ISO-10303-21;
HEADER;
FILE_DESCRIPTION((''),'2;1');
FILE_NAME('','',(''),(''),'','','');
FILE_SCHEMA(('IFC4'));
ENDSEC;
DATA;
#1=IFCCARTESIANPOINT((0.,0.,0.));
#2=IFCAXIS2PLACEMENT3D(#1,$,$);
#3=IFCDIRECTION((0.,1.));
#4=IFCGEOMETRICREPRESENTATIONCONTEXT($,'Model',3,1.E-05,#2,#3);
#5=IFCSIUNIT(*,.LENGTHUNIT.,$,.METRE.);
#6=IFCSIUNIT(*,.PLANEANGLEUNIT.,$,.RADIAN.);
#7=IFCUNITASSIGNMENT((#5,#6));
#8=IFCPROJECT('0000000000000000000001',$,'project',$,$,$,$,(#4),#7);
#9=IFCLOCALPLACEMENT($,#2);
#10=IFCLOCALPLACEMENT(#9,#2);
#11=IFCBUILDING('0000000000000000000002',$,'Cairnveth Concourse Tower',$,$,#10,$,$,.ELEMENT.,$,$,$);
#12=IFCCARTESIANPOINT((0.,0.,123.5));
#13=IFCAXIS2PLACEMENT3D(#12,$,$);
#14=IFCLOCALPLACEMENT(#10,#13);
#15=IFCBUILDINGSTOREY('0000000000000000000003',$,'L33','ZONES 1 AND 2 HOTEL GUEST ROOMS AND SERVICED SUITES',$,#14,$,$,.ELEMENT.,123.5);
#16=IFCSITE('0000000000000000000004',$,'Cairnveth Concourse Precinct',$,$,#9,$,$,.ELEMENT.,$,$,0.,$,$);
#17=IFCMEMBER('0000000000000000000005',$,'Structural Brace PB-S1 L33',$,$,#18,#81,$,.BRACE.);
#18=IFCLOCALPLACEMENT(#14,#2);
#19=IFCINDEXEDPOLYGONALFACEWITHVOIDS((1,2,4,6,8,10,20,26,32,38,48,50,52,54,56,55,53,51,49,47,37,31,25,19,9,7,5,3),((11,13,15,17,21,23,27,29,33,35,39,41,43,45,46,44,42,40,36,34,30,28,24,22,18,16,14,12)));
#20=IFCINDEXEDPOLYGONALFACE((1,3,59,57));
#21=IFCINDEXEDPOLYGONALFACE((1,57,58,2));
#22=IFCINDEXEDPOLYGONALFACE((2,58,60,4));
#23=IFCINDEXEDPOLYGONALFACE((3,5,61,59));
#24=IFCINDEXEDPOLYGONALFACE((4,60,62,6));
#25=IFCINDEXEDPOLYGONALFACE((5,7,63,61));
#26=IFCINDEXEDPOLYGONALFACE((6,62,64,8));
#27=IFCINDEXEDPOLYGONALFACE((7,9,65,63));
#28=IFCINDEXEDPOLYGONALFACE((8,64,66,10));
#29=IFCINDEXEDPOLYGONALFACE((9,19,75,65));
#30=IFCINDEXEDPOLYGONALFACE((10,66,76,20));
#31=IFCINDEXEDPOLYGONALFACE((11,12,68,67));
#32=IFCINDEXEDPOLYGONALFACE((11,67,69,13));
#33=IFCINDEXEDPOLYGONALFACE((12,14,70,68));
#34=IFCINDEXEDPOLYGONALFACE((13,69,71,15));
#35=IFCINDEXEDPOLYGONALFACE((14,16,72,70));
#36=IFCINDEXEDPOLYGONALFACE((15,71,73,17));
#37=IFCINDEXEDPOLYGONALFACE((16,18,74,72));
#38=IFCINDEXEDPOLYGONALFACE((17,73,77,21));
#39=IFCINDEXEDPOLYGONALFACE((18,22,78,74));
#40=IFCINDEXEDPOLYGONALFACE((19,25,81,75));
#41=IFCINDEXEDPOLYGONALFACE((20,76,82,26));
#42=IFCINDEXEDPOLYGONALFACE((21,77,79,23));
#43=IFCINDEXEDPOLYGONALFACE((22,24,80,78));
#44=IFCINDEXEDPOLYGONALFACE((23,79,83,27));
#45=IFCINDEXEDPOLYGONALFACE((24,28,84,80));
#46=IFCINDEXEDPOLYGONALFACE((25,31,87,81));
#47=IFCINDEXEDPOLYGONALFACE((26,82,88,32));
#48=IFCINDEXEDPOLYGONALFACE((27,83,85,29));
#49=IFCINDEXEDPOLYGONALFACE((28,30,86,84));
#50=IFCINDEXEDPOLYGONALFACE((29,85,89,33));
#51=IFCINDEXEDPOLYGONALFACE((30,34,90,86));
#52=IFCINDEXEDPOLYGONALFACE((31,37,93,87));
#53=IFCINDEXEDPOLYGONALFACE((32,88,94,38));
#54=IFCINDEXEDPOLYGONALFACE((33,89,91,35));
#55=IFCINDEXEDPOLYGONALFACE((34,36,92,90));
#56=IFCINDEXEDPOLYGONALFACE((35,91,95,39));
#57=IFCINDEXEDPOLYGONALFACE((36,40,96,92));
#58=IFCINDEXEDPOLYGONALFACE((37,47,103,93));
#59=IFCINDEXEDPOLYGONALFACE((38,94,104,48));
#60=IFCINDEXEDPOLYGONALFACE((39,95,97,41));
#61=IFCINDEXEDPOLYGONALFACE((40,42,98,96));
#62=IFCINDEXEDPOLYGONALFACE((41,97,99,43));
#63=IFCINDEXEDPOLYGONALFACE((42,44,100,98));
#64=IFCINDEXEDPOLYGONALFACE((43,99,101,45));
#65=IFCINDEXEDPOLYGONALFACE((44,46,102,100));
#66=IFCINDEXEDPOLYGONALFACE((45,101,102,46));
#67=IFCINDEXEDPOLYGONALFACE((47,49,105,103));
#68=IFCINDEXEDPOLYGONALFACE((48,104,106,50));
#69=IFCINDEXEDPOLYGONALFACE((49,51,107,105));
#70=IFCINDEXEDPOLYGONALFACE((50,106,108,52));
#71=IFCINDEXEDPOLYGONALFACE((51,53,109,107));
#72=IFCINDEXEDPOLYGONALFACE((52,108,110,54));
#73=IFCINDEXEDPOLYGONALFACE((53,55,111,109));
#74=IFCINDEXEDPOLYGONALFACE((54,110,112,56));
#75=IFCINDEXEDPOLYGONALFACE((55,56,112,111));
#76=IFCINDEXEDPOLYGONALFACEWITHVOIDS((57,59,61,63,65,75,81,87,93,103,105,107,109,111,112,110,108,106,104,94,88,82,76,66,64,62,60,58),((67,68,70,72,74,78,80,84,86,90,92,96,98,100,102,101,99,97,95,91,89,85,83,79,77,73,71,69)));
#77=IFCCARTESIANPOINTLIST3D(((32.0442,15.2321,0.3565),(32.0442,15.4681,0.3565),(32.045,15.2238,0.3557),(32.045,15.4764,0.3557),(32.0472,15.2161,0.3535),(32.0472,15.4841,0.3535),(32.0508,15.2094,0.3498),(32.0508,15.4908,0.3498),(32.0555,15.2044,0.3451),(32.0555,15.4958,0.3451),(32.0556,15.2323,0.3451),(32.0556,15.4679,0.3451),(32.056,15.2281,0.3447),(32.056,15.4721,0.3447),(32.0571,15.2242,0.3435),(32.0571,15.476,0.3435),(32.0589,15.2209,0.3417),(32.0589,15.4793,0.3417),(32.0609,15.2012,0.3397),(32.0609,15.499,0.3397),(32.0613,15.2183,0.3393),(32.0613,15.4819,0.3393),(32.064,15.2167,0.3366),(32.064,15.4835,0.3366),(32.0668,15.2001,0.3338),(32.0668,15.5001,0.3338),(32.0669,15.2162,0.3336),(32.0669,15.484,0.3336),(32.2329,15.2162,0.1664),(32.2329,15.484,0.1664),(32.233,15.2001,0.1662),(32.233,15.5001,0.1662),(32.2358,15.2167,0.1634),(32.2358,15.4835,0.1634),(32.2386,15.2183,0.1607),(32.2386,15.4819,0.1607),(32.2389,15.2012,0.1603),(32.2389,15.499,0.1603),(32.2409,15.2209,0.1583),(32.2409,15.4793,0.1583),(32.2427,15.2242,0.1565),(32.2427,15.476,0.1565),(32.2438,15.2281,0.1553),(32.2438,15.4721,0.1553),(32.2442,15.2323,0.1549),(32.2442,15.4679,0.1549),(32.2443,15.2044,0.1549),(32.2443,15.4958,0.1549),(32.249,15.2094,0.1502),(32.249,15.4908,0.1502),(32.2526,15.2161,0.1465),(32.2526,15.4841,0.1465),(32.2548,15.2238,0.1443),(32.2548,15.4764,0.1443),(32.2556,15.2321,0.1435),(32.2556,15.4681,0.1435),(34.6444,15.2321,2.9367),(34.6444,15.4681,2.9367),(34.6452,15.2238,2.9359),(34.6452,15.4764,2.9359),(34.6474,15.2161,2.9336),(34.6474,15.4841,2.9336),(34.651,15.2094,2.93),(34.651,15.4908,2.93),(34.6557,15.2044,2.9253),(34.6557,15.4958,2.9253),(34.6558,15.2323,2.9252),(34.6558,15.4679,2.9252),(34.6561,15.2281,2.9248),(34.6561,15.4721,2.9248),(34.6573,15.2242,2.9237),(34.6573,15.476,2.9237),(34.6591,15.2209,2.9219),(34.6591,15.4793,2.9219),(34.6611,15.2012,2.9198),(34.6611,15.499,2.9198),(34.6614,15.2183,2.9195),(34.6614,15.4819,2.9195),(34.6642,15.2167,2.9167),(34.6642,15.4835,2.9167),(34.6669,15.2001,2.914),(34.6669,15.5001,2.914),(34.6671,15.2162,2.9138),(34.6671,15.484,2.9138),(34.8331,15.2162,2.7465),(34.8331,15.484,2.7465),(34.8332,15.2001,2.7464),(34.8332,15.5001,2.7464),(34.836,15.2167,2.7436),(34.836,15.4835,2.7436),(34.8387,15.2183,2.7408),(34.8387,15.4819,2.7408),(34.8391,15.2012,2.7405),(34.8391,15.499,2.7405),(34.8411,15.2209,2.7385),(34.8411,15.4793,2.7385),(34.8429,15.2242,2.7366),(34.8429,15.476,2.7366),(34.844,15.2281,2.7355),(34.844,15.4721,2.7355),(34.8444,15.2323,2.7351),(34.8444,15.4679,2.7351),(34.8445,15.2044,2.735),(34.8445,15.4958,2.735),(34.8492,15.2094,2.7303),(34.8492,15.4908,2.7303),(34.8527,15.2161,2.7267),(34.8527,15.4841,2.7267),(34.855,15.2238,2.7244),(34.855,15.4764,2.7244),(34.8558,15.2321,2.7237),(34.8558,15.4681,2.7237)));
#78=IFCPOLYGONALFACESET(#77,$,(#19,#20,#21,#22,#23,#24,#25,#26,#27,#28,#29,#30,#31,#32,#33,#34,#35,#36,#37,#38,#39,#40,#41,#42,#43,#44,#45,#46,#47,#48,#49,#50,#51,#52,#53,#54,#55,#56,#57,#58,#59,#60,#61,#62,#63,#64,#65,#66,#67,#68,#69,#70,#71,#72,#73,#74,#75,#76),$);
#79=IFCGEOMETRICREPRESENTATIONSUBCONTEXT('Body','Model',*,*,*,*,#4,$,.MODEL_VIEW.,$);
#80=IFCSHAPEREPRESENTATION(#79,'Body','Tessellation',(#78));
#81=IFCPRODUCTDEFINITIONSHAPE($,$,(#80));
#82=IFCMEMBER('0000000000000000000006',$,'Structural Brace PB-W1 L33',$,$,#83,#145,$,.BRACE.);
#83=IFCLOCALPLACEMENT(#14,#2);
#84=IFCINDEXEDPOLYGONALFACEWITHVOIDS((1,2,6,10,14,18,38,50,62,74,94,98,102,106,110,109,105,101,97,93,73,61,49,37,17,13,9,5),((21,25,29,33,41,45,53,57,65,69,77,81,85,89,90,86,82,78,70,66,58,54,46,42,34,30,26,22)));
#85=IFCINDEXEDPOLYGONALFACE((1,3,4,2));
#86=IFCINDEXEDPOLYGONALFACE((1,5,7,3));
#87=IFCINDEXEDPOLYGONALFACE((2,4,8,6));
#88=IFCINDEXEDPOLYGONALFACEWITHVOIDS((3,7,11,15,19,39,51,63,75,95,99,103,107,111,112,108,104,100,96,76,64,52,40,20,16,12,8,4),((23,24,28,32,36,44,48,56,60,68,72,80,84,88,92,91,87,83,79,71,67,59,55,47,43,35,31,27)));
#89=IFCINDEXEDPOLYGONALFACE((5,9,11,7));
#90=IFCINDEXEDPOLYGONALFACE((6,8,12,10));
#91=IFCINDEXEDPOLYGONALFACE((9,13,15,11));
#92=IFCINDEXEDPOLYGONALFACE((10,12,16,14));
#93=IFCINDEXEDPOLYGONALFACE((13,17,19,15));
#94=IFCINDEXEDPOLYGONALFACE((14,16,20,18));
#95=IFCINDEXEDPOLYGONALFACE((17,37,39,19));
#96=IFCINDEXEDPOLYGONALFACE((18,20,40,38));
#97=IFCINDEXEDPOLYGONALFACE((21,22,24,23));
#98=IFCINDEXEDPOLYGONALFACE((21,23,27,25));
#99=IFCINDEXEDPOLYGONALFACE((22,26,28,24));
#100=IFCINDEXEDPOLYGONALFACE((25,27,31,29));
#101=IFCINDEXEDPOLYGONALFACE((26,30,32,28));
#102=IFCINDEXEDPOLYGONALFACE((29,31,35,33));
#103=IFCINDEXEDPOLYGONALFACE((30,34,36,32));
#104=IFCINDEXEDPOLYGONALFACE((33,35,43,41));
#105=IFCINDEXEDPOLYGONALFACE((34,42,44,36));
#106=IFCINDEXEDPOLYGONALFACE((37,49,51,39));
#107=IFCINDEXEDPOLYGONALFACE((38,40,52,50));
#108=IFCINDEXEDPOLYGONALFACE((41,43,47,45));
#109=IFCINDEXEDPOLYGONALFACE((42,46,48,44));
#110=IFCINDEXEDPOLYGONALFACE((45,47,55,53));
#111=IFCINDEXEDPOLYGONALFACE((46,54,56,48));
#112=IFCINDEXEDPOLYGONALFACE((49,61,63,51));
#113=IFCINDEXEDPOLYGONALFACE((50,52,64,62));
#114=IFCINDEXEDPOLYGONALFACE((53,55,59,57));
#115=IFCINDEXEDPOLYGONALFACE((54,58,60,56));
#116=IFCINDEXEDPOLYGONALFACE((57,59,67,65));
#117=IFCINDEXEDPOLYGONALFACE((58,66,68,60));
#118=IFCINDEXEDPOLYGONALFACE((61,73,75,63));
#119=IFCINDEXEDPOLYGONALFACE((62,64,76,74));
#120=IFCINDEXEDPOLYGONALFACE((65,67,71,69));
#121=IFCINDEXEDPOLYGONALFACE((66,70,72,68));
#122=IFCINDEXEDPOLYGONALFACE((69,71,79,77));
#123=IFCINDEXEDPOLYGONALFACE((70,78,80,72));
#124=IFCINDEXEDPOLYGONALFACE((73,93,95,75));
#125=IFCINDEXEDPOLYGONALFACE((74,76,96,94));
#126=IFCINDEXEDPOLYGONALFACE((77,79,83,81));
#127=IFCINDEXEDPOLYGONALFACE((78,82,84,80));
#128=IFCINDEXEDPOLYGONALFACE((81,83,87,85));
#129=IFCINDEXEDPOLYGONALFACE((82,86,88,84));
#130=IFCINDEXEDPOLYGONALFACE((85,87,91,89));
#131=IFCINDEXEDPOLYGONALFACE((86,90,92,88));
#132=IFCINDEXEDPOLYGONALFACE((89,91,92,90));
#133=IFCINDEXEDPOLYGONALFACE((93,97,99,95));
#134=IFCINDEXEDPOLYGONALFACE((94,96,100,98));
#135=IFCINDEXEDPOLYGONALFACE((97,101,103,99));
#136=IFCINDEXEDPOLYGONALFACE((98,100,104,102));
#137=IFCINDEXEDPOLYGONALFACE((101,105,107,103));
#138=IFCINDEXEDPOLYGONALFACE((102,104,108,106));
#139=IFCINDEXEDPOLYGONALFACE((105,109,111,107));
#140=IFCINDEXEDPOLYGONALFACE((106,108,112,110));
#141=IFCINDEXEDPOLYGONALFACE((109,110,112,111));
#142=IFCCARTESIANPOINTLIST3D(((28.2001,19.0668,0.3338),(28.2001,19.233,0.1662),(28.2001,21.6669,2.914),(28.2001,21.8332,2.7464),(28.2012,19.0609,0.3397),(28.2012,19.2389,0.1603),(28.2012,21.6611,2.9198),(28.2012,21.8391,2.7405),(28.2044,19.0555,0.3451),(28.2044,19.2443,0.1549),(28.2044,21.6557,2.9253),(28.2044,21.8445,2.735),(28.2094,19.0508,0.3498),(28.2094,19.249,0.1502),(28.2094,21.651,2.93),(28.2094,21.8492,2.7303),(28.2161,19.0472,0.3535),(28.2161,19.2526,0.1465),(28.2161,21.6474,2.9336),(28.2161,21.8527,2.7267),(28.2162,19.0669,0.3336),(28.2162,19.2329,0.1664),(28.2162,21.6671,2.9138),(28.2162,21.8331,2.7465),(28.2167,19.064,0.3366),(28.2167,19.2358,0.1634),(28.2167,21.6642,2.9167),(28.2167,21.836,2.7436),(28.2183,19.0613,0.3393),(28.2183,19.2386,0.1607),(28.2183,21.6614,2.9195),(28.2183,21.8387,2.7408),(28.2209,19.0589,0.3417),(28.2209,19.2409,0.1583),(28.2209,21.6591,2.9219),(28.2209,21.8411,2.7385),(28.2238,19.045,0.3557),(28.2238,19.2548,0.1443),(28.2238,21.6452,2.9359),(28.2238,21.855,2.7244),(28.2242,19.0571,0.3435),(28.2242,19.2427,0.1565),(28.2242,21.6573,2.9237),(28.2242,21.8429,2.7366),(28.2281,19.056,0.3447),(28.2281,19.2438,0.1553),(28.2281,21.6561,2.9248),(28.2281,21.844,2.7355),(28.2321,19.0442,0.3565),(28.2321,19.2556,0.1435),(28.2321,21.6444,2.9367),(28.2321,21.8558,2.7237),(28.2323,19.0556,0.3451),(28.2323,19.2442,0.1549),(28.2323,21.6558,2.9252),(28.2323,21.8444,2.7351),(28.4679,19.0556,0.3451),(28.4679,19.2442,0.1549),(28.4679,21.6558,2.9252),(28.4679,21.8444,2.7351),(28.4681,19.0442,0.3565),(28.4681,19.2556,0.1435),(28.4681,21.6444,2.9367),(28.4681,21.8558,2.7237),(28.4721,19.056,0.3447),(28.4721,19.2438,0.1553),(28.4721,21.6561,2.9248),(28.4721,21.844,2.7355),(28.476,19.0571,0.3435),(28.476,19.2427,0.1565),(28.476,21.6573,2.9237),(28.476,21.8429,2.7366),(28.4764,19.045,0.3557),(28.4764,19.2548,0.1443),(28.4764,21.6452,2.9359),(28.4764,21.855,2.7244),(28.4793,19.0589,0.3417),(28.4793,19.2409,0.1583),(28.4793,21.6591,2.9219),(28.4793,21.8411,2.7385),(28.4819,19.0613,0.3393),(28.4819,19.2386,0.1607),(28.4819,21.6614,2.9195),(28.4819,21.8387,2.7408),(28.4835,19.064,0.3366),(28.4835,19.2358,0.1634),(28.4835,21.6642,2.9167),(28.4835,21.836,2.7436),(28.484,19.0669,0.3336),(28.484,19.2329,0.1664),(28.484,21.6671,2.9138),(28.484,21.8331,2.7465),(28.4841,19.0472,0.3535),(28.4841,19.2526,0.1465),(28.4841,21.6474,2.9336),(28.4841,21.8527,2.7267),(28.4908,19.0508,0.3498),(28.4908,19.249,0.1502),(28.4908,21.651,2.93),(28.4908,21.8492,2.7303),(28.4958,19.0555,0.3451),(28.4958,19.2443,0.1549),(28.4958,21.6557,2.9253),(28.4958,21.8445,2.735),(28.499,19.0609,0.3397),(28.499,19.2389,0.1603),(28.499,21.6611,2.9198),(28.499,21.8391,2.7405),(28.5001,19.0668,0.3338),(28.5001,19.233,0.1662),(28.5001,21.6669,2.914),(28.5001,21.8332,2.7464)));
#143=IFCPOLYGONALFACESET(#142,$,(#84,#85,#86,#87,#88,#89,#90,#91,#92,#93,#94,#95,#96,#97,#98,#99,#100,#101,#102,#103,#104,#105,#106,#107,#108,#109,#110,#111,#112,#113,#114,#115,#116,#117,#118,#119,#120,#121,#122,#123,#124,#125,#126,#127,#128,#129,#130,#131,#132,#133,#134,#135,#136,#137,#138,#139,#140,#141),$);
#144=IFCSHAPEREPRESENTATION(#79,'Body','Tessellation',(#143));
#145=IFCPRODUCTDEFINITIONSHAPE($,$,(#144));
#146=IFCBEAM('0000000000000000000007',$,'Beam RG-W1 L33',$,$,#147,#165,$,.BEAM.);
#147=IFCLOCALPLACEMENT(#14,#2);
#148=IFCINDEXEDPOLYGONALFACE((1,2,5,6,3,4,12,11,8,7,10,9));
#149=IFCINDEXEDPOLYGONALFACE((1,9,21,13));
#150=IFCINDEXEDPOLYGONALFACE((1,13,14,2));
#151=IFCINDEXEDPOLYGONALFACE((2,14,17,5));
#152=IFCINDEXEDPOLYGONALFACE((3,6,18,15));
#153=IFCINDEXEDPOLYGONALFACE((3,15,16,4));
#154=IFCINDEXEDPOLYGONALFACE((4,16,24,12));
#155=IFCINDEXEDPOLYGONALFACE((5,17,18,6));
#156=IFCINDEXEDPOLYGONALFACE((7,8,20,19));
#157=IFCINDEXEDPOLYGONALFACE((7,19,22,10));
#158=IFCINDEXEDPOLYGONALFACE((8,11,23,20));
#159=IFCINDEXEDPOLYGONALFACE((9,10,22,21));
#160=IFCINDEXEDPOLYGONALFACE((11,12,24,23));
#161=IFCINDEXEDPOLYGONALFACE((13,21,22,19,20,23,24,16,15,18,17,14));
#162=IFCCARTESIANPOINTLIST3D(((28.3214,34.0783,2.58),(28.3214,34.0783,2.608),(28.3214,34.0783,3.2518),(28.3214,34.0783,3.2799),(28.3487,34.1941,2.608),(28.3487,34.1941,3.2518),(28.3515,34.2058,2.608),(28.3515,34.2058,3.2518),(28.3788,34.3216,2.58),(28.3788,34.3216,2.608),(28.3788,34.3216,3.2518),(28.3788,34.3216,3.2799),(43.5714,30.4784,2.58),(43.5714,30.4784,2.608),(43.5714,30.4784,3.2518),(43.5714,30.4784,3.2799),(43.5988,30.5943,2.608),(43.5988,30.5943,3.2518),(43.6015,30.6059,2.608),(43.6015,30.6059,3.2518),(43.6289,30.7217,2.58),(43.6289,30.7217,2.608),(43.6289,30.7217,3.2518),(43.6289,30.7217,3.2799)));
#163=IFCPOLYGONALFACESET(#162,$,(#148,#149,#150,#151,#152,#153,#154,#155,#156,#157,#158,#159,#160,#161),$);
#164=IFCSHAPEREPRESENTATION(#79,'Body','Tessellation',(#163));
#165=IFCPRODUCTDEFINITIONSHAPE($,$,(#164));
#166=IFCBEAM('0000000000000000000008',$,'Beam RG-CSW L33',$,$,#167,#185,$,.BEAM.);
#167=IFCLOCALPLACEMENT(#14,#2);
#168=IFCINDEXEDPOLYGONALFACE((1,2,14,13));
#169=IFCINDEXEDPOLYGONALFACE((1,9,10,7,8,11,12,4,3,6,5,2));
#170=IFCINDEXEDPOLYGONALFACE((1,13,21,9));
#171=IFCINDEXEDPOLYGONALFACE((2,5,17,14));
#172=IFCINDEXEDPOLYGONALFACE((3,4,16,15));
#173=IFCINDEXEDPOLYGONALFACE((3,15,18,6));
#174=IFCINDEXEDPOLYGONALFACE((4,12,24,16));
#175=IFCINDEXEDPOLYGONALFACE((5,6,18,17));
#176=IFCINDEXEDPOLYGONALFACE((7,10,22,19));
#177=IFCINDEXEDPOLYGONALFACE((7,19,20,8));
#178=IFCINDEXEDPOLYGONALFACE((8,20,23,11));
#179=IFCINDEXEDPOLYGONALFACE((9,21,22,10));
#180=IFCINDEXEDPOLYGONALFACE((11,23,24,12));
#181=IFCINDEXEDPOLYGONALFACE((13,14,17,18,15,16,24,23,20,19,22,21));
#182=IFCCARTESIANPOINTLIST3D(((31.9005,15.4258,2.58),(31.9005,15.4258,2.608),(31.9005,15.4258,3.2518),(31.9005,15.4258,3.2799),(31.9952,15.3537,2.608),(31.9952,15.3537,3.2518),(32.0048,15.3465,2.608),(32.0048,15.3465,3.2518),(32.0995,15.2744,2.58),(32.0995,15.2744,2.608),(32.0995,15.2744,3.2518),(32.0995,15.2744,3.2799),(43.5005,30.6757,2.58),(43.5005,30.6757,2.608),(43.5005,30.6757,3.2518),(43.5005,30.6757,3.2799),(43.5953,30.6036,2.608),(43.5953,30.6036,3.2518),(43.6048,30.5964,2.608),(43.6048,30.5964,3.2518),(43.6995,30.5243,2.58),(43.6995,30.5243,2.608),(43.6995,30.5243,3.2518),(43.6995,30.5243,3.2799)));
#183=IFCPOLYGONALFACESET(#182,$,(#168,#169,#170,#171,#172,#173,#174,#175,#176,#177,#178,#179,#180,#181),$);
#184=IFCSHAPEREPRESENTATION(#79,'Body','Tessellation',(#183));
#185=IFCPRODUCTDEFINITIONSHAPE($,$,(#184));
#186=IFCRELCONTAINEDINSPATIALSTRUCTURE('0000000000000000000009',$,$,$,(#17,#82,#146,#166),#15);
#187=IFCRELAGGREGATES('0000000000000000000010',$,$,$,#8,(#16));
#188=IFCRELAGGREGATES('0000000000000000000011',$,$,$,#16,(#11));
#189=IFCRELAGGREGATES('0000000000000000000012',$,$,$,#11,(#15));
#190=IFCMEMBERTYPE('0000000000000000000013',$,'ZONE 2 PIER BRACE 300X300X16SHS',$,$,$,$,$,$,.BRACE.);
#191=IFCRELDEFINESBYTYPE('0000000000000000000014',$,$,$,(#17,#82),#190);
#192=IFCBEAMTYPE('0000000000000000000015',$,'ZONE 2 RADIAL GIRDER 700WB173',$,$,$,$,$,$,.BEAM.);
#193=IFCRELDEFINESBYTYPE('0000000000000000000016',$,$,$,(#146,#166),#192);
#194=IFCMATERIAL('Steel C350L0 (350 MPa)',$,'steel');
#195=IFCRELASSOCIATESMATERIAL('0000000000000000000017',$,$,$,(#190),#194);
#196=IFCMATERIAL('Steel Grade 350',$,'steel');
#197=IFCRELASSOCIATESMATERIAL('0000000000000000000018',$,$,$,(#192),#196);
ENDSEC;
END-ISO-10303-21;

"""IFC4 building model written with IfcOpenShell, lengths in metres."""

from ifc_helpers import new_model, si_unit, direction, frame, origin, origin_2d, place, context, subcontext, project, spatial, hollow_rectangle, i_section, extrude, material, material_profile, profile_set, type_object, element, save


model = new_model("IFC4")

# Units and contexts
model_context = context("Model", 3, precision=1e-05, world=origin(), true_north=direction((0.0, 1.0)))
body_context = subcontext(model_context, "Body", "Model", "MODEL_VIEW")
ifc_project = project(units=[si_unit("LENGTHUNIT", "METRE"), si_unit("PLANEANGLEUNIT", "RADIAN")], contexts=[model_context])

# Site, building, storey
site_placement = place(None, origin())
site = spatial("IfcSite", under=ifc_project, at=site_placement, Name="Cairnveth Concourse Precinct", CompositionType="ELEMENT", RefElevation=0.0)
building_placement = place(site_placement, origin())
building = spatial("IfcBuilding", under=site, at=building_placement, Name="Cairnveth Concourse Tower", CompositionType="ELEMENT")
storey_placement = place(building_placement, frame((0.0, 0.0, 123.5)))
storey = spatial("IfcBuildingStorey", under=building, at=storey_placement, Name="L33", Description="ZONES 1 AND 2 HOTEL GUEST ROOMS AND SERVICED SUITES", CompositionType="ELEMENT", Elevation=123.5)

# Shared definitions
ifc_material_1 = material(Name="Steel Grade 350", Category="steel")

# Members
ifc_material_2 = material(Name="Steel C350L0 (350 MPa)", Category="steel")
ifc_material_profile_1 = material_profile(ifc_material_2, hollow_rectangle(XDim=0.3, YDim=0.3, WallThickness=0.0161, InnerFilletRadius=0.0161, OuterFilletRadius=0.032, at=origin_2d()), Name="300x300x16.0SHS")
ifc_profile_set_1 = profile_set([ifc_material_profile_1], Name="Steel C350L0 (350 MPa)")
member_type = type_object("IfcMemberType", Name="ZONE 2 PIER BRACE 300X300X16SHS", PredefinedType="BRACE", material=ifc_profile_set_1)
for number, where, z_axis, x_axis, name in (
    (1, (32.1499, 15.3501, 0.25), (0.709834, 0.0, 0.704369), (0.0, 1.0, 0.0), "Structural Brace PB-S1 L33"),
    (2, (28.3501, 19.1499, 0.25), (0.0, 0.709834, 0.704369), (-1.0, 0.0, 0.0), "Structural Brace PB-W1 L33"),
):
    element("IfcMember", number, at=place(storey_placement, frame(where, z_axis=z_axis, x_axis=x_axis)), inside=storey, type_object=member_type, Name=name, PredefinedType="BRACE", context=body_context, shape_type="SweptSolid", body=[
        extrude(hollow_rectangle(XDim=0.3, YDim=0.3, WallThickness=0.0161, InnerFilletRadius=0.0161, OuterFilletRadius=0.032, at=origin_2d()), origin(), (0.0, 0.0, 1.0), 3.6631),
    ])

# Beams
ifc_material_profile_2 = material_profile(ifc_material_1, i_section(OverallWidth=0.25, OverallDepth=0.7, WebThickness=0.012, FlangeThickness=0.0281, at=origin_2d()), Name="700WB173")
ifc_profile_set_2 = profile_set([ifc_material_profile_2], Name="Steel Grade 350")
beam_type_1 = type_object("IfcBeamType", Name="ZONE 2 RADIAL GIRDER 700WB173", PredefinedType="BEAM", material=ifc_profile_set_2)
beam_1_placement = place(storey_placement, frame((28.3501, 34.2, 2.9299), z_axis=(0.973252, -0.229742, 0.0), x_axis=(0.229742, 0.973252, 0.0)))
element("IfcBeam", 3, at=beam_1_placement, inside=storey, type_object=beam_type_1, Name="Beam RG-W1 L33", PredefinedType="BEAM", context=body_context, shape_type="SweptSolid", body=[
    extrude(i_section(OverallWidth=0.25, OverallDepth=0.7, WebThickness=0.012, FlangeThickness=0.0281, at=origin_2d()), origin(), (0.0, 0.0, 1.0), 15.6692),
])
beam_2_placement = place(storey_placement, frame((32.0, 15.3501, 2.9299), z_axis=(0.605417, 0.795908, 0.0), x_axis=(-0.795908, 0.605417, 0.0)))
element("IfcBeam", 4, at=beam_2_placement, inside=storey, type_object=beam_type_1, Name="Beam RG-CSW L33", PredefinedType="BEAM", context=body_context, shape_type="SweptSolid", body=[
    extrude(i_section(OverallWidth=0.25, OverallDepth=0.7, WebThickness=0.012, FlangeThickness=0.0281, at=origin_2d()), origin(), (0.0, 0.0, 1.0), 19.1604),
])

save(model, "model.ifc")
